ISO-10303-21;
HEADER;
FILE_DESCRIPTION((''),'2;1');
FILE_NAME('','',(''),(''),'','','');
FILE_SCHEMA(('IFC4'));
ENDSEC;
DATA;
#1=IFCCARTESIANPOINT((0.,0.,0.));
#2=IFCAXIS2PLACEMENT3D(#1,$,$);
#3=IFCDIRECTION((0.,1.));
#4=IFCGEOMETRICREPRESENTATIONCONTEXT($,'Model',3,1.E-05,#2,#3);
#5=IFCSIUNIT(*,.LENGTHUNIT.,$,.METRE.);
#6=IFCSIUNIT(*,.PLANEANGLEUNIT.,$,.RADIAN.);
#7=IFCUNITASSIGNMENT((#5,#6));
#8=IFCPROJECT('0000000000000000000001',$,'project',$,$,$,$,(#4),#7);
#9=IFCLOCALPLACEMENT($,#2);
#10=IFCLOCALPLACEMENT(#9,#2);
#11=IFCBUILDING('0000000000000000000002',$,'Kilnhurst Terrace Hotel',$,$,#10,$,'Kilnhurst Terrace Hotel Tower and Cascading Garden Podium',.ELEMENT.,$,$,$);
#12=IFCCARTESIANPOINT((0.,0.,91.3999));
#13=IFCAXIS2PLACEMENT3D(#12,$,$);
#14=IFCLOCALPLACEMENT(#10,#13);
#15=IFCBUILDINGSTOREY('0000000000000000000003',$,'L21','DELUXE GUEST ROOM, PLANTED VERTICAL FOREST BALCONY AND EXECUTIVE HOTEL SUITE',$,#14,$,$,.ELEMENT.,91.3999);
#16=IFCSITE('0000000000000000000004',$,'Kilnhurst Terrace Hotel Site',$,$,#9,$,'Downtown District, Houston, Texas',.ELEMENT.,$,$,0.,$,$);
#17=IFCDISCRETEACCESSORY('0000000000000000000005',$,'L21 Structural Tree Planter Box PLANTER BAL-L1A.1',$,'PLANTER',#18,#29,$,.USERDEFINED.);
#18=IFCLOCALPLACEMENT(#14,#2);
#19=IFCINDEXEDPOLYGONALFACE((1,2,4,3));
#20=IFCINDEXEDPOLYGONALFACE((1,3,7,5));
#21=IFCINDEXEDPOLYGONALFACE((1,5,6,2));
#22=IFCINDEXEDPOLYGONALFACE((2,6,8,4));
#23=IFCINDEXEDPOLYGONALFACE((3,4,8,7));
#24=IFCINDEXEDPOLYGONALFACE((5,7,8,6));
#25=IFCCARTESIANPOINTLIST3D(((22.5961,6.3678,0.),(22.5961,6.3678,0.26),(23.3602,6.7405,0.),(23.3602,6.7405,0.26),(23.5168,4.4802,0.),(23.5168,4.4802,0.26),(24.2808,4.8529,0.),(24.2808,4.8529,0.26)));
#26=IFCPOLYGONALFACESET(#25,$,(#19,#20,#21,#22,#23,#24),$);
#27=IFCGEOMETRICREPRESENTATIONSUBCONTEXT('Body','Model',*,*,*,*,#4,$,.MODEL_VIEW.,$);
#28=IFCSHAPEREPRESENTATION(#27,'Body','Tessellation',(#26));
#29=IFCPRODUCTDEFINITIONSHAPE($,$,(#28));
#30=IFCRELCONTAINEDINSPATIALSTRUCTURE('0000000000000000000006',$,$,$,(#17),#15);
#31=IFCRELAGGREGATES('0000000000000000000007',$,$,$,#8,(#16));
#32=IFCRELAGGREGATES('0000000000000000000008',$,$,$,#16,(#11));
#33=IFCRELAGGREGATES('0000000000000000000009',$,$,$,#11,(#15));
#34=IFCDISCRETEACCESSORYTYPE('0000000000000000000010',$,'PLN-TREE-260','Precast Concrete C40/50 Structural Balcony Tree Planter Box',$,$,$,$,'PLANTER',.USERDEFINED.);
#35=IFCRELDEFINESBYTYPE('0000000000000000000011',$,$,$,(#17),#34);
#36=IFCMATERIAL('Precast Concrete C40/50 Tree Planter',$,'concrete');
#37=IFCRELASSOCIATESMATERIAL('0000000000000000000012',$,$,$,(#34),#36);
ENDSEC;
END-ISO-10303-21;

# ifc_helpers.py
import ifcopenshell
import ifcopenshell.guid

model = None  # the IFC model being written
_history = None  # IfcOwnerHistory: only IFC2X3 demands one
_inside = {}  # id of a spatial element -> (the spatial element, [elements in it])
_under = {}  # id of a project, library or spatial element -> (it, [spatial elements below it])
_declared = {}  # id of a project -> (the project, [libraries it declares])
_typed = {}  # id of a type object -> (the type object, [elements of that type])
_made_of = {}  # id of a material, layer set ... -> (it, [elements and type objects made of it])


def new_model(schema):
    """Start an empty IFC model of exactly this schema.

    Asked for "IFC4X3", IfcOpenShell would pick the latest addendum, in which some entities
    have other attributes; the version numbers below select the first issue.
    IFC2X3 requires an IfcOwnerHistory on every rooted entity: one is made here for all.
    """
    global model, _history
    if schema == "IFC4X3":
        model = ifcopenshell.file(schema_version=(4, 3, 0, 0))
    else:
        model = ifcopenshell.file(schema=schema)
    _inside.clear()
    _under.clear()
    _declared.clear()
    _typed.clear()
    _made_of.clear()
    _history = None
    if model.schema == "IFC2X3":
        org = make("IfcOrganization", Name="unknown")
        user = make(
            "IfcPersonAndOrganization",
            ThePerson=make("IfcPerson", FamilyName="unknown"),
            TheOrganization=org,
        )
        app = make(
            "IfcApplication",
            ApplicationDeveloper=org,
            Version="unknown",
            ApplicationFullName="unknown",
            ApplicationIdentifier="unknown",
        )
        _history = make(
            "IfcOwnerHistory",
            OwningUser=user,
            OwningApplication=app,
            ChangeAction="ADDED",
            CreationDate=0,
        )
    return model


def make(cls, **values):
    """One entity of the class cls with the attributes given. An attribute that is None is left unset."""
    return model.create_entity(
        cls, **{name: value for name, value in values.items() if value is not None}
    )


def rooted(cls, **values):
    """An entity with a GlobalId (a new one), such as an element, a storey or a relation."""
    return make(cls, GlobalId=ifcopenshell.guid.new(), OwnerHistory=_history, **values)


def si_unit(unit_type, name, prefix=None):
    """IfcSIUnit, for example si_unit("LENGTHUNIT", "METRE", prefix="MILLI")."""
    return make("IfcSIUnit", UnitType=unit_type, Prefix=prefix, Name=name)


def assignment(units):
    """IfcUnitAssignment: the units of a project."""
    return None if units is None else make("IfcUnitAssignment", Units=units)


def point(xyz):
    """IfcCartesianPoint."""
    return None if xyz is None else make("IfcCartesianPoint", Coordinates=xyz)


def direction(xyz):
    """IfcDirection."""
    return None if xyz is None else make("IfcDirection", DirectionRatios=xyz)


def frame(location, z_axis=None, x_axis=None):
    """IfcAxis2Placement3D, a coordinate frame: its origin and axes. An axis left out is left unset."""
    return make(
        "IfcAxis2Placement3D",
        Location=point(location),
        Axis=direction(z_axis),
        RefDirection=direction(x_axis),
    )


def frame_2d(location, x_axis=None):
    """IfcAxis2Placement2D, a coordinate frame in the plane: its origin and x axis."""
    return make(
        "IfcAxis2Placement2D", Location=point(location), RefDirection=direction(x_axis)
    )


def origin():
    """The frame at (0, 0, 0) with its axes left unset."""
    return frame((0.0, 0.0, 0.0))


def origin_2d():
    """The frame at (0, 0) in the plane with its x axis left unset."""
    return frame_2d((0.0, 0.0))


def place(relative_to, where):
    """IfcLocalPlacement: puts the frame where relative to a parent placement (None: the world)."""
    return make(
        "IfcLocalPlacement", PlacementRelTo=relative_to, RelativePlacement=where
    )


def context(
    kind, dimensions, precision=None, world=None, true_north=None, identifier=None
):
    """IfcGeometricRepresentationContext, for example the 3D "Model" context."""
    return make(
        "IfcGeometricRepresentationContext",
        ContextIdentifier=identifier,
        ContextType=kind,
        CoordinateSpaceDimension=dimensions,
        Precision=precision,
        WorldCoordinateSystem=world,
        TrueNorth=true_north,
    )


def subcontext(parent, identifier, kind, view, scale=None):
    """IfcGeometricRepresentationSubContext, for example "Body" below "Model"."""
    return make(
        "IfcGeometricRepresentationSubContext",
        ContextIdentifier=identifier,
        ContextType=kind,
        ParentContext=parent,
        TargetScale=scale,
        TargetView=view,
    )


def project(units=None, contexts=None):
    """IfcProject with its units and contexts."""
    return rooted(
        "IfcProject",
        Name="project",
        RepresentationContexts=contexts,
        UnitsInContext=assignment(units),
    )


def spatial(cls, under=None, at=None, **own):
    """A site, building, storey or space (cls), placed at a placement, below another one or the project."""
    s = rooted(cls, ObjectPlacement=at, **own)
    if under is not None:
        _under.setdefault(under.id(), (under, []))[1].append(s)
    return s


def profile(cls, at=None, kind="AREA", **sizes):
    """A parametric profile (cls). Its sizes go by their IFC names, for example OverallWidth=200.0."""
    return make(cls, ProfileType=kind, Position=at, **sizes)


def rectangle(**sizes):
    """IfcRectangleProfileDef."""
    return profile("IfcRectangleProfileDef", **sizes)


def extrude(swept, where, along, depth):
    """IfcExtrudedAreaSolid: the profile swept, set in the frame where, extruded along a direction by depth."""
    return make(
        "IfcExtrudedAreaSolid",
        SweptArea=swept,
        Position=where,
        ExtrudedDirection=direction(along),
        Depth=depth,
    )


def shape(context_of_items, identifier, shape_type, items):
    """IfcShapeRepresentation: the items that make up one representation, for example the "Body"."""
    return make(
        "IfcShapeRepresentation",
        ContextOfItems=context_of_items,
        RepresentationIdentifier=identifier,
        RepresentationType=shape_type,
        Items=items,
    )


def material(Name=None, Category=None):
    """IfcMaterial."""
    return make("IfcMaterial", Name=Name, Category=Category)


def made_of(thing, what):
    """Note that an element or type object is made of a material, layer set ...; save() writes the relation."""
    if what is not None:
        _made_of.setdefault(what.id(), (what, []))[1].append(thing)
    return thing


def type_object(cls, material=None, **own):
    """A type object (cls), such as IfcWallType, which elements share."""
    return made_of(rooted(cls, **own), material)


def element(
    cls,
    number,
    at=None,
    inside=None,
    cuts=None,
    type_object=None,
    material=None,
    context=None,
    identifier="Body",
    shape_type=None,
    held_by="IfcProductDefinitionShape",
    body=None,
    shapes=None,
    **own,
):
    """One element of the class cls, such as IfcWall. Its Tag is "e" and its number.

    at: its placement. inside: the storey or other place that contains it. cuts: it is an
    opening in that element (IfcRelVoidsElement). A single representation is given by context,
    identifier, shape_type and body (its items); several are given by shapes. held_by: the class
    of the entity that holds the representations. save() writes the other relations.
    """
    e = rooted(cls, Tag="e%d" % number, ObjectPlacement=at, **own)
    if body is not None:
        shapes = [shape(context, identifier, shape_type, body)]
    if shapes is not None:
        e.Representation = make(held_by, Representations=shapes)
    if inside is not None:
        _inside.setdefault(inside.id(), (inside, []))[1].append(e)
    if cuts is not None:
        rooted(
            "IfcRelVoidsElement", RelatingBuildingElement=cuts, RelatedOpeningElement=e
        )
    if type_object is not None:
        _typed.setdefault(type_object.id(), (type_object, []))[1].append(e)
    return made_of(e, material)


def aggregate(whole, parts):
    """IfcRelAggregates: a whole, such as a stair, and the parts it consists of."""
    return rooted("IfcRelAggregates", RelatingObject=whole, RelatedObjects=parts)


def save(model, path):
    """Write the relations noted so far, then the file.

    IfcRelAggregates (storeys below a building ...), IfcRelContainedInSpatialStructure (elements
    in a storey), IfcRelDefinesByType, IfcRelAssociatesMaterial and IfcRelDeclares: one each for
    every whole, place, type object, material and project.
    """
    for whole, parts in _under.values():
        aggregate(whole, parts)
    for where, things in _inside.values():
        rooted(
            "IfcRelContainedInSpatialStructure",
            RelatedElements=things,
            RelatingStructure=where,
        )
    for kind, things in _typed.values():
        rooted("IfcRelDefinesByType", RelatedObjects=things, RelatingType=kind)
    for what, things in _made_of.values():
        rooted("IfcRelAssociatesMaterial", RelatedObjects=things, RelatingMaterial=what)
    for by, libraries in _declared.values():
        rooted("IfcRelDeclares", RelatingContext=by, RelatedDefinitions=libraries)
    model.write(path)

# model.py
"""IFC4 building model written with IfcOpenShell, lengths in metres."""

from ifc_helpers import new_model, si_unit, direction, frame, origin, origin_2d, place, context, subcontext, project, spatial, rectangle, extrude, material, type_object, element, save


model = new_model("IFC4")

# Units and contexts
model_context = context("Model", 3, precision=1e-05, world=origin(), true_north=direction((0.0, 1.0)))
body_context = subcontext(model_context, "Body", "Model", "MODEL_VIEW")
ifc_project = project(units=[si_unit("LENGTHUNIT", "METRE"), si_unit("PLANEANGLEUNIT", "RADIAN")], contexts=[model_context])

# Site, building, storey
site_placement = place(None, origin())
site = spatial("IfcSite", under=ifc_project, at=site_placement, Name="Kilnhurst Terrace Hotel Site", LongName="Downtown District, Houston, Texas", CompositionType="ELEMENT", RefElevation=0.0)
building_placement = place(site_placement, origin())
building = spatial("IfcBuilding", under=site, at=building_placement, Name="Kilnhurst Terrace Hotel", LongName="Kilnhurst Terrace Hotel Tower and Cascading Garden Podium", CompositionType="ELEMENT")
storey_placement = place(building_placement, frame((0.0, 0.0, 91.3999)))
storey = spatial("IfcBuildingStorey", under=building, at=storey_placement, Name="L21", Description="DELUXE GUEST ROOM, PLANTED VERTICAL FOREST BALCONY AND EXECUTIVE HOTEL SUITE", CompositionType="ELEMENT", Elevation=91.3999)

# Discrete accessory
ifc_material_1 = material(Name="Precast Concrete C40/50 Tree Planter", Category="concrete")
discrete_accessory_type = type_object("IfcDiscreteAccessoryType", Name="PLN-TREE-260", Description="Precast Concrete C40/50 Structural Balcony Tree Planter Box", ElementType="PLANTER", PredefinedType="USERDEFINED", material=ifc_material_1)
discrete_accessory_placement = place(storey_placement, frame((23.4385, 5.6104, 0.0), z_axis=(0.0, 0.0, 1.0), x_axis=(-0.438387, 0.898786, 0.0)))
element("IfcDiscreteAccessory", 1, at=discrete_accessory_placement, inside=storey, type_object=discrete_accessory_type, Name="L21 Structural Tree Planter Box PLANTER BAL-L1A.1", ObjectType="PLANTER", PredefinedType="USERDEFINED", context=body_context, shape_type="SweptSolid", body=[
    extrude(rectangle(XDim=2.1001, YDim=0.8501, at=origin_2d()), origin(), (0.0, 0.0, 1.0), 0.26),
])

save(model, "model.ifc")
